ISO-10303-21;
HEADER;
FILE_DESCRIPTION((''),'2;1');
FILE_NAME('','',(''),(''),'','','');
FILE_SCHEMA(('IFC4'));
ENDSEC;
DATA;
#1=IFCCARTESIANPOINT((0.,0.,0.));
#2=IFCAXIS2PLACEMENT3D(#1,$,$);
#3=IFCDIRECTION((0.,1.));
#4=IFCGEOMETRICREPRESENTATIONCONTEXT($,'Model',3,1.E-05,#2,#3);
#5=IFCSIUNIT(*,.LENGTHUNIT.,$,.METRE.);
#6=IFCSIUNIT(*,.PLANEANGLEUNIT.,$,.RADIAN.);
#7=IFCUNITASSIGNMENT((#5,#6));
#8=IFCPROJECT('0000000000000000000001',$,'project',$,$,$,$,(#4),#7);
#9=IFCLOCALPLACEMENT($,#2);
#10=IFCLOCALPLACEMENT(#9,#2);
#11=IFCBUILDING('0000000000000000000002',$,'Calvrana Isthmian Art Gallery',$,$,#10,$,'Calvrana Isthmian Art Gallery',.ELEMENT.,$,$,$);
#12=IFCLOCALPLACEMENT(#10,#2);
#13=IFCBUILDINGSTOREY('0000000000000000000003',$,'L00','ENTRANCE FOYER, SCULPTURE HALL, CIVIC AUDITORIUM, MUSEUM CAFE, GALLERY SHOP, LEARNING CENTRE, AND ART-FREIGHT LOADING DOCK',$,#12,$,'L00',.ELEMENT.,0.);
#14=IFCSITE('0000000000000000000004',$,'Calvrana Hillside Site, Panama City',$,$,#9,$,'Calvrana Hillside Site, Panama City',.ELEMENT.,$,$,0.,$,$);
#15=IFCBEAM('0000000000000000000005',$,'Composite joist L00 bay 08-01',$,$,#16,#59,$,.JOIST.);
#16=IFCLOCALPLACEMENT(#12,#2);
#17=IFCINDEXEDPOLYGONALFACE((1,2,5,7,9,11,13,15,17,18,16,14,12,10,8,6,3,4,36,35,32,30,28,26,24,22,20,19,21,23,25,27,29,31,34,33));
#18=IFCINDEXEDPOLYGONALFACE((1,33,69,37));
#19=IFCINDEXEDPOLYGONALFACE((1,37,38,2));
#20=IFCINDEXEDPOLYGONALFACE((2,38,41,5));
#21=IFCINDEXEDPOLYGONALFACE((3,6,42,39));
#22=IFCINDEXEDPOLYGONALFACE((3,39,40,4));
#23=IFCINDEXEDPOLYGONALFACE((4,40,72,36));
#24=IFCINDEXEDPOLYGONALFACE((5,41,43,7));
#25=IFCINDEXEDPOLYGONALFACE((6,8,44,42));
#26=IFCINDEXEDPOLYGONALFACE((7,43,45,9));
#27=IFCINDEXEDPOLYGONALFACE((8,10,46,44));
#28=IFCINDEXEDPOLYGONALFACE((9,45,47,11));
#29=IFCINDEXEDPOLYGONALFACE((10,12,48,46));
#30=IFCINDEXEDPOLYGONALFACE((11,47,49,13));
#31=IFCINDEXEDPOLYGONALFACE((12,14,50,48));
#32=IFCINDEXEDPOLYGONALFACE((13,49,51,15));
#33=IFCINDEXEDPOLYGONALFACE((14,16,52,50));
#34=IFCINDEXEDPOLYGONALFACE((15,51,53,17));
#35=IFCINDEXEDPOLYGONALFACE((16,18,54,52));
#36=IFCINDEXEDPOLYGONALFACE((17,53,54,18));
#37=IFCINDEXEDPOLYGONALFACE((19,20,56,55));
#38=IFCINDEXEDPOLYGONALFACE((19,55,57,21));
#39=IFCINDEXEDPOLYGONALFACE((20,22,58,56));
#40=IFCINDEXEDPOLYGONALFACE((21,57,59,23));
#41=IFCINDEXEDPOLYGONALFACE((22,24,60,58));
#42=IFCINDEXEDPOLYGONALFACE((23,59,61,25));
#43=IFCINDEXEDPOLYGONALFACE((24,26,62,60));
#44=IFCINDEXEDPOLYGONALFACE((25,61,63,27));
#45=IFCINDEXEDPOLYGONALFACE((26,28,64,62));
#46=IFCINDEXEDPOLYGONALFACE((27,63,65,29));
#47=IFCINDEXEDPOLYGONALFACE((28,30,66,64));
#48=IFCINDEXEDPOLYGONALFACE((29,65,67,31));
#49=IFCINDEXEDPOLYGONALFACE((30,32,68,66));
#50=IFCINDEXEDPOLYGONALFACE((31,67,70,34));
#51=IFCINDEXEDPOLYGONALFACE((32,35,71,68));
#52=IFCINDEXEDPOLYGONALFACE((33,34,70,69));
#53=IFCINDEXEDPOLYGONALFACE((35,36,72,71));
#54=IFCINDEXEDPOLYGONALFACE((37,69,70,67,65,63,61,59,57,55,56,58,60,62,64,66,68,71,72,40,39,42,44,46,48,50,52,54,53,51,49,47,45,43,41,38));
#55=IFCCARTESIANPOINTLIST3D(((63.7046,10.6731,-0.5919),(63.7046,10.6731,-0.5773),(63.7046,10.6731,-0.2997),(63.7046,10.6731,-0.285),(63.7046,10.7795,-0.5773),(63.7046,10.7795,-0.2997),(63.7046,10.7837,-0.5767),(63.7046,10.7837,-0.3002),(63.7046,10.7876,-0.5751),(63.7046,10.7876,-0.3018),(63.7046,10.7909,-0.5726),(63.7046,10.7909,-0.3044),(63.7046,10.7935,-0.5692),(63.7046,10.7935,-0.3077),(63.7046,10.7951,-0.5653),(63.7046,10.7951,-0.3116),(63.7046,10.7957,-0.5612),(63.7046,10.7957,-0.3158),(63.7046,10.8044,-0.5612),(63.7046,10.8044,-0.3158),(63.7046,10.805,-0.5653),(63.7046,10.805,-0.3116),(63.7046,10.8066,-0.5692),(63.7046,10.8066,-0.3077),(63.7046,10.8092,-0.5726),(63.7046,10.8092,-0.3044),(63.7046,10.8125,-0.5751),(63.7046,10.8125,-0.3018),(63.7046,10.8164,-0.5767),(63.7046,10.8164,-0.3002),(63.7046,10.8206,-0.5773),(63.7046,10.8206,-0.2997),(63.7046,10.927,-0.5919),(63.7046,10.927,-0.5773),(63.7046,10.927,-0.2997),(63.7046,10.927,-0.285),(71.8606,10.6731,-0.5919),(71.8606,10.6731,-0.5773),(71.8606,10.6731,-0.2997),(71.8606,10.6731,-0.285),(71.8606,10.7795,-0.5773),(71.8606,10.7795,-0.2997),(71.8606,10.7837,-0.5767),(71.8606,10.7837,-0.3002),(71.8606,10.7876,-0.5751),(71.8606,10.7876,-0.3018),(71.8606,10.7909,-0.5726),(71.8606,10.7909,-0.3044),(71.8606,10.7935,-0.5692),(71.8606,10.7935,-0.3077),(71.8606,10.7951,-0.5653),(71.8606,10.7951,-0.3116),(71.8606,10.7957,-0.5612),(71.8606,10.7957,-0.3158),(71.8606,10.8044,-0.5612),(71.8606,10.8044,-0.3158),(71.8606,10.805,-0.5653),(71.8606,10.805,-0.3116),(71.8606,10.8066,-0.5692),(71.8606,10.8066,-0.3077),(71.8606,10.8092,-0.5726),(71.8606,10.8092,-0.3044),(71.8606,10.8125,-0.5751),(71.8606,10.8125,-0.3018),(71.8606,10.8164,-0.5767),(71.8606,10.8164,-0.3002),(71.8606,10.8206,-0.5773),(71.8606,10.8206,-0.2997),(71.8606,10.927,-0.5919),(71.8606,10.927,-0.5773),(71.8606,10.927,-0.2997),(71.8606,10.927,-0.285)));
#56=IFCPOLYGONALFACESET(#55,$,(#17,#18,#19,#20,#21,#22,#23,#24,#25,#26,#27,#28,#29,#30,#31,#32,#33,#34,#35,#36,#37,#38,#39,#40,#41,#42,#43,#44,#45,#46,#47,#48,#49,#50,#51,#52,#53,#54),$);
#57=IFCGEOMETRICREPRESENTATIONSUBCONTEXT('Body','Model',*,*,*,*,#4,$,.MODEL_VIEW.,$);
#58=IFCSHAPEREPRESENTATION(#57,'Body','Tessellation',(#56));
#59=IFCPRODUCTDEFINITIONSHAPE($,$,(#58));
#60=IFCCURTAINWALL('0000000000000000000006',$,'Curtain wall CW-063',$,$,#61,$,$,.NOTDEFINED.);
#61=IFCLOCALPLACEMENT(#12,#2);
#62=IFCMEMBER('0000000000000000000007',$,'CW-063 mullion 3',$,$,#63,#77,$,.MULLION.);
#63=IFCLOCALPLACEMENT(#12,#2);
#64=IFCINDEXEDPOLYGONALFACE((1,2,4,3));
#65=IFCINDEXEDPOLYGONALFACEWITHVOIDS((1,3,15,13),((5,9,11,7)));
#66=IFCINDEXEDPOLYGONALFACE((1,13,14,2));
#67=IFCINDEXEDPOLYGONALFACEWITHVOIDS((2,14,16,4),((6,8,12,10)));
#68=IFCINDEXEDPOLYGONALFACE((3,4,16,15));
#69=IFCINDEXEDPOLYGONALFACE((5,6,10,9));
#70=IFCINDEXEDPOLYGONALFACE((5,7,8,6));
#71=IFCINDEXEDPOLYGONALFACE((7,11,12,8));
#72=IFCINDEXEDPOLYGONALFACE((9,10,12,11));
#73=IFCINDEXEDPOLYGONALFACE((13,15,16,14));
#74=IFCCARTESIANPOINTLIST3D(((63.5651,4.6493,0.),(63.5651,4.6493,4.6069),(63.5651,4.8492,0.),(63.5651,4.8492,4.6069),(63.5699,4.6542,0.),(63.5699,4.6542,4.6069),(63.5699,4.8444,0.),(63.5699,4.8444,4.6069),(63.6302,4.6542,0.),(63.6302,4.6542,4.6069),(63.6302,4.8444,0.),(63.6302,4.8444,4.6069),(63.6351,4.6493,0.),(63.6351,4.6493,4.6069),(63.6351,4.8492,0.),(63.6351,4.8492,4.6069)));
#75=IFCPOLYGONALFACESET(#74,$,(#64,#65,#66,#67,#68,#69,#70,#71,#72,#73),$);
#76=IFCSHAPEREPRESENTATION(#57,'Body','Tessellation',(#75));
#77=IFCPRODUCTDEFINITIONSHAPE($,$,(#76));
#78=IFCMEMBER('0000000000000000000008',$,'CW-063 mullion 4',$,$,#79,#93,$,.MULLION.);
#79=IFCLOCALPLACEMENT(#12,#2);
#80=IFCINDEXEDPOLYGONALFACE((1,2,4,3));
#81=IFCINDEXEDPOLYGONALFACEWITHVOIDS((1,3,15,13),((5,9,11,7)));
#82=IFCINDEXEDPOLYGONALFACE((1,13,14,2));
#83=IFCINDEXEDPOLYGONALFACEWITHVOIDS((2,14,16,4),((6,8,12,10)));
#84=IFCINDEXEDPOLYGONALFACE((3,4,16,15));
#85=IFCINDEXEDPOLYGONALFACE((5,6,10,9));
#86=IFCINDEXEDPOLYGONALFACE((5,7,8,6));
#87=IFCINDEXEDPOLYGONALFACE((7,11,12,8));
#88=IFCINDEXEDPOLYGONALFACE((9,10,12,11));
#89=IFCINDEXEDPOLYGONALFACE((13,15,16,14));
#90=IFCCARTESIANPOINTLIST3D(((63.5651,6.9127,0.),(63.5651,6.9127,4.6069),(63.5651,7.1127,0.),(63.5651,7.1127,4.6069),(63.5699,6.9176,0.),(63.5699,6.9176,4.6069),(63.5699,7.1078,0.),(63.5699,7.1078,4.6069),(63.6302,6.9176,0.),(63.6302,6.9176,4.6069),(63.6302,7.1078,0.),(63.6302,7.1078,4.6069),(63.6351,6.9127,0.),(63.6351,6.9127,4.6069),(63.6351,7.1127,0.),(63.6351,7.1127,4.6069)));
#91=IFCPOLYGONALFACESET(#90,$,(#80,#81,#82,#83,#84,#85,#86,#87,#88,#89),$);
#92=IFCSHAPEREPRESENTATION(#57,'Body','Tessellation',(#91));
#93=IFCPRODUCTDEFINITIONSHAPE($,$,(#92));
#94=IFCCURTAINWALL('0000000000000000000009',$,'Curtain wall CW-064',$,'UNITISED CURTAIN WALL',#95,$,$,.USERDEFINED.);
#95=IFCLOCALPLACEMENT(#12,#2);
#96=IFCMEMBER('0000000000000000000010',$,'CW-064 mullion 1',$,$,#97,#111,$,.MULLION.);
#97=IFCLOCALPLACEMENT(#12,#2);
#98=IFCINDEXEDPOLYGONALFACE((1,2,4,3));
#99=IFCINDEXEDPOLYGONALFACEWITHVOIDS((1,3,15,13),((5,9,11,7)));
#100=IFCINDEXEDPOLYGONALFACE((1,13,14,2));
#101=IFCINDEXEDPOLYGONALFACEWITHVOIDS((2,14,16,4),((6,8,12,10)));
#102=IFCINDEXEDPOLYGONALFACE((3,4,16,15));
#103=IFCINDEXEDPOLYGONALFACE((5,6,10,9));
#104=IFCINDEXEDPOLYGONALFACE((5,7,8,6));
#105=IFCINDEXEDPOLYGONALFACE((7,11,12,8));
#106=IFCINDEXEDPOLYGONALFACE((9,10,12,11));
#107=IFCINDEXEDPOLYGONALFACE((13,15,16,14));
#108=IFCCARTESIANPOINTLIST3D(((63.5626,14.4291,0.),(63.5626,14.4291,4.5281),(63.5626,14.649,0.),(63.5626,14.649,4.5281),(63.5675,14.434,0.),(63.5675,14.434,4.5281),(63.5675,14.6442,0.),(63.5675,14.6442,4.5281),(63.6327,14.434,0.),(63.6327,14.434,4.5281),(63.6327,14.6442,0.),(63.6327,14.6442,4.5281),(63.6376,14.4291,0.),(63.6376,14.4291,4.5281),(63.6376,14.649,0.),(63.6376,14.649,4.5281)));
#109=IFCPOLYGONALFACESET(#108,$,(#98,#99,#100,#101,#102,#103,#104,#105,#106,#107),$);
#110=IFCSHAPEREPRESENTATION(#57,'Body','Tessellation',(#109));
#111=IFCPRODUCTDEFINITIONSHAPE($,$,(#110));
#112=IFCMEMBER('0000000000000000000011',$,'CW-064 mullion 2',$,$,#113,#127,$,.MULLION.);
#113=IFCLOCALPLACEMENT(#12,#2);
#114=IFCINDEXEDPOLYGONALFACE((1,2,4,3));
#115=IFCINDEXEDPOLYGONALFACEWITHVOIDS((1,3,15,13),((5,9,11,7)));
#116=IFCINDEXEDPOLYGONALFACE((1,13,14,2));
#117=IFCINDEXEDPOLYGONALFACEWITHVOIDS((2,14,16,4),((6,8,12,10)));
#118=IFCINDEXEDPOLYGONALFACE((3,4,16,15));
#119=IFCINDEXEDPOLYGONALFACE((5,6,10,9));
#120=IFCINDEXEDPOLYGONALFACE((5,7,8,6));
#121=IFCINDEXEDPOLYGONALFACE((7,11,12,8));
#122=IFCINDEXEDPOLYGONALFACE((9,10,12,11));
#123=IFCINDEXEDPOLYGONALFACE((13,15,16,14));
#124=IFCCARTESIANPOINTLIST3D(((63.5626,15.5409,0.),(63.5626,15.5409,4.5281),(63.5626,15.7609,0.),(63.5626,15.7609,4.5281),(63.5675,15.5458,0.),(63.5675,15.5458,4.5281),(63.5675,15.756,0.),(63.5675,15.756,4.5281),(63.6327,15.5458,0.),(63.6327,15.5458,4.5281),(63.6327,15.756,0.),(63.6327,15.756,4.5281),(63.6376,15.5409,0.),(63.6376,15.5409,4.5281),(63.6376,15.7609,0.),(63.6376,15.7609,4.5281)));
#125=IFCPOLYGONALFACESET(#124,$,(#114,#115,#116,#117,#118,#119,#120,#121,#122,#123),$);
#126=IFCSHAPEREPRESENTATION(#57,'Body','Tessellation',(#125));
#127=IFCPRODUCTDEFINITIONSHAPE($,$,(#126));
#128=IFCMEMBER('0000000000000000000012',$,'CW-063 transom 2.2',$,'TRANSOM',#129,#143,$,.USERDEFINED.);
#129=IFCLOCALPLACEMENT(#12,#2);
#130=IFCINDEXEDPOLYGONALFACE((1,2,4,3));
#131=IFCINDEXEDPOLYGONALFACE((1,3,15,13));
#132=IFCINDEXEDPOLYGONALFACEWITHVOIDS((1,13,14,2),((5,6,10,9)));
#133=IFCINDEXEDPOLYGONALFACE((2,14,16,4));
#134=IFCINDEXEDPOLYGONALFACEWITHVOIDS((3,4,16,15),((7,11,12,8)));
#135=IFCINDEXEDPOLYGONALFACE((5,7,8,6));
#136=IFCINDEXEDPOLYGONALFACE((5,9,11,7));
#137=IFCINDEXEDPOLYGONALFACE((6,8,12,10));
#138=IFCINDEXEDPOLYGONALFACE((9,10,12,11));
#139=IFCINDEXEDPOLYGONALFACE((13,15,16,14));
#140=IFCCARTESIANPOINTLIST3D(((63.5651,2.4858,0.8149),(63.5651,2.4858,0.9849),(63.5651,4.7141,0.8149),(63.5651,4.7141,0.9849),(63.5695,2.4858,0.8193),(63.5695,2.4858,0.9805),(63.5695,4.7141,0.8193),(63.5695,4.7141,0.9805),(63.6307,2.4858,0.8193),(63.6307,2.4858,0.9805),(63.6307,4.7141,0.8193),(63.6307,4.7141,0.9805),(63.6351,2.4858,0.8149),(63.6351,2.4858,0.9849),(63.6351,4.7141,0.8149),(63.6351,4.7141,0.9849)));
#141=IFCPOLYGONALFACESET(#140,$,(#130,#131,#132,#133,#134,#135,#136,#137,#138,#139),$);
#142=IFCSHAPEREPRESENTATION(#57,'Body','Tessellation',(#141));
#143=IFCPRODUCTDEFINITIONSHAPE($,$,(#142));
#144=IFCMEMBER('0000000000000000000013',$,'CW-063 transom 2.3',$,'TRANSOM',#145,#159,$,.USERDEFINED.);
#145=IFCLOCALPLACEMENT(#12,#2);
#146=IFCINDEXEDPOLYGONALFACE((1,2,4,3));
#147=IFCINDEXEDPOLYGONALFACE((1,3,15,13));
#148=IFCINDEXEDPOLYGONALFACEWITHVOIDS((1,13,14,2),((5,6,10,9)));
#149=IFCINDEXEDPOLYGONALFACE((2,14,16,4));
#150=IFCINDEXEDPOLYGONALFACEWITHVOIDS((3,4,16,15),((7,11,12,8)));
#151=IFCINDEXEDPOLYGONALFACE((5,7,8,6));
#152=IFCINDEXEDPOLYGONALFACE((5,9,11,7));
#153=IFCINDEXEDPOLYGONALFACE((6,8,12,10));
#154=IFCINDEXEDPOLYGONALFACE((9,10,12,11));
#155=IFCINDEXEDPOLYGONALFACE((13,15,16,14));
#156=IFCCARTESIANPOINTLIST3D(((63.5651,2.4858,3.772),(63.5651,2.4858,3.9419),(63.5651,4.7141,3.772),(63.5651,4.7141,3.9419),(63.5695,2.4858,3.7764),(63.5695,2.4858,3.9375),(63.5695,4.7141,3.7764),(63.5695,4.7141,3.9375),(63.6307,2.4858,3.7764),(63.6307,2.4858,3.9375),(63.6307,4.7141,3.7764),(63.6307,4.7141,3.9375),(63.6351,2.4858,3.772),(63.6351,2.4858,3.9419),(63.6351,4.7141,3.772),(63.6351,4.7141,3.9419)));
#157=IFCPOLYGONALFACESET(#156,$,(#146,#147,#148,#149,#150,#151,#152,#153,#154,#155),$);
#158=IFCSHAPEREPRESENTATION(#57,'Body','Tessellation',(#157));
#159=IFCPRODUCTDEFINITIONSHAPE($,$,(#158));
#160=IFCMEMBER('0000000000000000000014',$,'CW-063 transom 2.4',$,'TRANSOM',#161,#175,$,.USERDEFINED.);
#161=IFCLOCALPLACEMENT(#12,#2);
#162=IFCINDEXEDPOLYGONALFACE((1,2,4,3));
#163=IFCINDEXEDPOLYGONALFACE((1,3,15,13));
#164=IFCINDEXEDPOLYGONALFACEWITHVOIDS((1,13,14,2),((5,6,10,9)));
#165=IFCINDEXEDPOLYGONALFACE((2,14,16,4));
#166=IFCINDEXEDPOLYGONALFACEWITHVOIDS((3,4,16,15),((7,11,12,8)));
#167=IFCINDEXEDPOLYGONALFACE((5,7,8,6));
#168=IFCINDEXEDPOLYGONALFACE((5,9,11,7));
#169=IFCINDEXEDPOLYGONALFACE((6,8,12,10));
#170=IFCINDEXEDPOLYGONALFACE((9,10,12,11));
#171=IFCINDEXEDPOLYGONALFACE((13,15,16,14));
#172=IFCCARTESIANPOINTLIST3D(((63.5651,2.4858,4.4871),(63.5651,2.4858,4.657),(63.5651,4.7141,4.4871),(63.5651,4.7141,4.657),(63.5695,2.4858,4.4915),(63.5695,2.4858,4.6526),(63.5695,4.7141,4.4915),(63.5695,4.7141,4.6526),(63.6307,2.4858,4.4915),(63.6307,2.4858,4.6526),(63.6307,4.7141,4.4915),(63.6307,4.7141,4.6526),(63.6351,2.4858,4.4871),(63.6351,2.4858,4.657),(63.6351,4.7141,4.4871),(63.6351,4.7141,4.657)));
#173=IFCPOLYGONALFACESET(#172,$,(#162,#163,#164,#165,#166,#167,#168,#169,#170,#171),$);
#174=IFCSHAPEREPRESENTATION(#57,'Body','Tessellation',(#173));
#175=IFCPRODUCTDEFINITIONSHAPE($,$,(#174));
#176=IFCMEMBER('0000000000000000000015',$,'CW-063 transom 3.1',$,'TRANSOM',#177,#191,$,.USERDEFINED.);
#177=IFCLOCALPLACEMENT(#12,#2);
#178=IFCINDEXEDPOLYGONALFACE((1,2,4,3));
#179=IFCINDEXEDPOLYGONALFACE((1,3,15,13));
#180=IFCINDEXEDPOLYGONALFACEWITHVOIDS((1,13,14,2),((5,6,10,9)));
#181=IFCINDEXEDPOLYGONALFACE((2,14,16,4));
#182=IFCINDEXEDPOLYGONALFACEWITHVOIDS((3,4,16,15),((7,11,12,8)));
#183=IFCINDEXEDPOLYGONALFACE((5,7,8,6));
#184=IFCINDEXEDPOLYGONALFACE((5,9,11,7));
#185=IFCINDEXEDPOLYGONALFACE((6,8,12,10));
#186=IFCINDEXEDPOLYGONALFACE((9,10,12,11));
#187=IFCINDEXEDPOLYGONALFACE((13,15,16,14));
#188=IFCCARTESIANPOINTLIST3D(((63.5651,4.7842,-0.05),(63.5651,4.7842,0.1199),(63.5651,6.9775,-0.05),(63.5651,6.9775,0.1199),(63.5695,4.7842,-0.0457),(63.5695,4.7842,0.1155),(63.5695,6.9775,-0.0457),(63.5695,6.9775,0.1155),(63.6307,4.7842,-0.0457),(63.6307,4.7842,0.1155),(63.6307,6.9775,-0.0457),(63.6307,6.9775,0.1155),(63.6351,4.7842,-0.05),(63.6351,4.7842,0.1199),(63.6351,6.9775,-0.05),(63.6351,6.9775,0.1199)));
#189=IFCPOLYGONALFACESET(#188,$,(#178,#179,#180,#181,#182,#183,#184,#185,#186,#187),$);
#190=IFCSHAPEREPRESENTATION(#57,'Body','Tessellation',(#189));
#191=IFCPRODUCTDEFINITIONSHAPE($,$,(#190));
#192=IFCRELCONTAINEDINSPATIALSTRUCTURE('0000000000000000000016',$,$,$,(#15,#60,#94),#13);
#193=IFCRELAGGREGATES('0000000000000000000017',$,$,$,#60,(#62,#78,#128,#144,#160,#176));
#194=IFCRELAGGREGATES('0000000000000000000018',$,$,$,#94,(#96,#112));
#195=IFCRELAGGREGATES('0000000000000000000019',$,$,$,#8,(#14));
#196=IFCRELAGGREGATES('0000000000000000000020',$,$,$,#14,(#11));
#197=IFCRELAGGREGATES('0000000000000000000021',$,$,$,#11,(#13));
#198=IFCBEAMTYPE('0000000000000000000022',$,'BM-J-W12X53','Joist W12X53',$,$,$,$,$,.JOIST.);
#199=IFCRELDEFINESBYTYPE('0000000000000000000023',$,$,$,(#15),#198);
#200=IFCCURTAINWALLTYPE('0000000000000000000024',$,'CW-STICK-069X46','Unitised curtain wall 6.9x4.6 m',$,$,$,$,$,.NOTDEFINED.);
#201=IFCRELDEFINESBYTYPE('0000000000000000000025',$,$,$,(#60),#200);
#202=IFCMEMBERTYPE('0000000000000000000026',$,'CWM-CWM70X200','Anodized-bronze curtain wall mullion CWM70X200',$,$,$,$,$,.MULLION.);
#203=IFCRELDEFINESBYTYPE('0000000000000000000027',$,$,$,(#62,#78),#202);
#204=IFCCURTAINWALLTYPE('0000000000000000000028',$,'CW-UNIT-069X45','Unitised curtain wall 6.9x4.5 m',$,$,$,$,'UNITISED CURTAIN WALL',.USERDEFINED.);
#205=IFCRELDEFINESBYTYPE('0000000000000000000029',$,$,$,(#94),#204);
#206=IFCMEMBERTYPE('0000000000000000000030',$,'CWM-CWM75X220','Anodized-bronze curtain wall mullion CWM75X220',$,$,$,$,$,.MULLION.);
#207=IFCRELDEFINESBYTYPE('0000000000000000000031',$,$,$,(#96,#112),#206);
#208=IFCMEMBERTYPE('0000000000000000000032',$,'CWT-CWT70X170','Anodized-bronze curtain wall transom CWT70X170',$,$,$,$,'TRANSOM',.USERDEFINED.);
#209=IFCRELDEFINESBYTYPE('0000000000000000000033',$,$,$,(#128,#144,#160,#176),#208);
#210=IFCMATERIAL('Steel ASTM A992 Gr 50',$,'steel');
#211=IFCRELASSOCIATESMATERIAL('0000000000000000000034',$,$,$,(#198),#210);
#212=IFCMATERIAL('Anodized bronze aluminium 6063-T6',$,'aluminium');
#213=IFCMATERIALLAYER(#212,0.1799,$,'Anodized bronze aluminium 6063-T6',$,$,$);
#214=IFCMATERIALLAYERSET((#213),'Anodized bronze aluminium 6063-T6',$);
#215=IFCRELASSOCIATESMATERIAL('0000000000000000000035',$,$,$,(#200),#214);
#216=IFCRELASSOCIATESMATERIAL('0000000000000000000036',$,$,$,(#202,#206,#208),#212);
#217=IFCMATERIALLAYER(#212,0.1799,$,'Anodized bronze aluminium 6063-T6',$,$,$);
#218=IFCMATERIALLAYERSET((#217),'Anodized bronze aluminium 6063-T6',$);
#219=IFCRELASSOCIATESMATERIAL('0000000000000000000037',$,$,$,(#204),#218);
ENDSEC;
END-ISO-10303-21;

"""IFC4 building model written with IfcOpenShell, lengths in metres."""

from ifc_helpers import new_model, si_unit, direction, frame, origin, origin_2d, place, context, subcontext, project, spatial, hollow_rectangle, i_section, extrude, material, layer, layer_set, material_profile, profile_set, type_object, element, aggregate, save


model = new_model("IFC4")

# Units and contexts
model_context = context("Model", 3, precision=1e-05, world=origin(), true_north=direction((0.0, 1.0)))
body_context = subcontext(model_context, "Body", "Model", "MODEL_VIEW")
ifc_project = project(units=[si_unit("LENGTHUNIT", "METRE"), si_unit("PLANEANGLEUNIT", "RADIAN")], contexts=[model_context])

# Site, building, storey
site_placement = place(None, origin())
site = spatial("IfcSite", under=ifc_project, at=site_placement, Name="Calvrana Hillside Site, Panama City", LongName="Calvrana Hillside Site, Panama City", CompositionType="ELEMENT", RefElevation=0.0)
building_placement = place(site_placement, origin())
building = spatial("IfcBuilding", under=site, at=building_placement, Name="Calvrana Isthmian Art Gallery", LongName="Calvrana Isthmian Art Gallery", CompositionType="ELEMENT")
storey_placement = place(building_placement, origin())
storey = spatial("IfcBuildingStorey", under=building, at=storey_placement, Name="L00", Description="ENTRANCE FOYER, SCULPTURE HALL, CIVIC AUDITORIUM, MUSEUM CAFE, GALLERY SHOP, LEARNING CENTRE, AND ART-FREIGHT LOADING DOCK", LongName="L00", CompositionType="ELEMENT", Elevation=0.0)

# Beam
ifc_material_1 = material(Name="Steel ASTM A992 Gr 50", Category="steel")
ifc_material_profile_1 = material_profile(ifc_material_1, i_section(OverallWidth=0.2539, OverallDepth=0.3069, WebThickness=0.0088, FlangeThickness=0.0146, FilletRadius=0.0161, at=origin_2d()), Name="W12X53")
ifc_profile_set_1 = profile_set([ifc_material_profile_1], Name="Steel ASTM A992 Gr 50")
beam_type_1 = type_object("IfcBeamType", Name="BM-J-W12X53", Description="Joist W12X53", PredefinedType="JOIST", material=ifc_profile_set_1)
beam_1_placement = place(storey_placement, frame((63.7046, 10.8, -0.4385), z_axis=(1.0, 0.0, 0.0), x_axis=(0.0, 1.0, 0.0)))
element("IfcBeam", 1, at=beam_1_placement, inside=storey, type_object=beam_type_1, Name="Composite joist L00 bay 08-01", PredefinedType="JOIST", context=body_context, shape_type="SweptSolid", body=[
    extrude(i_section(OverallWidth=0.2539, OverallDepth=0.3069, WebThickness=0.0088, FlangeThickness=0.0146, FilletRadius=0.0161, at=origin_2d()), origin(), (0.0, 0.0, 1.0), 8.156),
])

# Curtain walls, members
ifc_material_2 = material(Name="Anodized bronze aluminium 6063-T6", Category="aluminium")
ifc_layer_1 = layer(ifc_material_2, 0.1799, Name="Anodized bronze aluminium 6063-T6")
ifc_layer_set_1 = layer_set([ifc_layer_1], Name="Anodized bronze aluminium 6063-T6")
curtain_wall_type_1 = type_object("IfcCurtainWallType", Name="CW-STICK-069X46", Description="Unitised curtain wall 6.9x4.6 m", PredefinedType="NOTDEFINED", material=ifc_layer_set_1)
curtain_wall_1_placement = place(storey_placement, origin())
curtain_wall_1 = element("IfcCurtainWall", 2, at=curtain_wall_1_placement, inside=storey, type_object=curtain_wall_type_1, Name="Curtain wall CW-063", PredefinedType="NOTDEFINED")
ifc_material_profile_2 = material_profile(ifc_material_2, hollow_rectangle(XDim=0.0701, YDim=0.2, WallThickness=0.0049, at=origin_2d()), Name="CWM70X200")
ifc_profile_set_2 = profile_set([ifc_material_profile_2], Name="Anodized bronze aluminium 6063-T6")
member_type_1 = type_object("IfcMemberType", Name="CWM-CWM70X200", Description="Anodized-bronze curtain wall mullion CWM70X200", PredefinedType="MULLION", material=ifc_profile_set_2)
member_1_placement = place(storey_placement, frame((63.6001, 4.7493, 0.0), z_axis=(0.0, 0.0, 1.0), x_axis=(-1.0, 0.0, 0.0)))
member_1 = element("IfcMember", 3, at=member_1_placement, type_object=member_type_1, Name="CW-063 mullion 3", PredefinedType="MULLION", context=body_context, shape_type="SweptSolid", body=[
    extrude(hollow_rectangle(XDim=0.0701, YDim=0.2, WallThickness=0.0049, at=origin_2d()), origin(), (0.0, 0.0, 1.0), 4.6069),
])
member_2_placement = place(storey_placement, frame((63.6001, 7.0127, 0.0), z_axis=(0.0, 0.0, 1.0), x_axis=(-1.0, 0.0, 0.0)))
member_2 = element("IfcMember", 4, at=member_2_placement, type_object=member_type_1, Name="CW-063 mullion 4", PredefinedType="MULLION", context=body_context, shape_type="SweptSolid", body=[
    extrude(hollow_rectangle(XDim=0.0701, YDim=0.2, WallThickness=0.0049, at=origin_2d()), origin(), (0.0, 0.0, 1.0), 4.6069),
])
ifc_layer_2 = layer(ifc_material_2, 0.1799, Name="Anodized bronze aluminium 6063-T6")
ifc_layer_set_2 = layer_set([ifc_layer_2], Name="Anodized bronze aluminium 6063-T6")
curtain_wall_type_2 = type_object("IfcCurtainWallType", Name="CW-UNIT-069X45", Description="Unitised curtain wall 6.9x4.5 m", ElementType="UNITISED CURTAIN WALL", PredefinedType="USERDEFINED", material=ifc_layer_set_2)
curtain_wall_2_placement = place(storey_placement, origin())
curtain_wall_2 = element("IfcCurtainWall", 5, at=curtain_wall_2_placement, inside=storey, type_object=curtain_wall_type_2, Name="Curtain wall CW-064", ObjectType="UNITISED CURTAIN WALL", PredefinedType="USERDEFINED")
ifc_material_profile_3 = material_profile(ifc_material_2, hollow_rectangle(XDim=0.075, YDim=0.22, WallThickness=0.0049, at=origin_2d()), Name="CWM75X220")
ifc_profile_set_3 = profile_set([ifc_material_profile_3], Name="Anodized bronze aluminium 6063-T6")
member_type_2 = type_object("IfcMemberType", Name="CWM-CWM75X220", Description="Anodized-bronze curtain wall mullion CWM75X220", PredefinedType="MULLION", material=ifc_profile_set_3)
member_3_placement = place(storey_placement, frame((63.6001, 14.5391, 0.0), z_axis=(0.0, 0.0, 1.0), x_axis=(-1.0, 0.0, 0.0)))
member_3 = element("IfcMember", 6, at=member_3_placement, type_object=member_type_2, Name="CW-064 mullion 1", PredefinedType="MULLION", context=body_context, shape_type="SweptSolid", body=[
    extrude(hollow_rectangle(XDim=0.075, YDim=0.22, WallThickness=0.0049, at=origin_2d()), origin(), (0.0, 0.0, 1.0), 4.5281),
])
member_4_placement = place(storey_placement, frame((63.6001, 15.6509, 0.0), z_axis=(0.0, 0.0, 1.0), x_axis=(-1.0, 0.0, 0.0)))
member_4 = element("IfcMember", 7, at=member_4_placement, type_object=member_type_2, Name="CW-064 mullion 2", PredefinedType="MULLION", context=body_context, shape_type="SweptSolid", body=[
    extrude(hollow_rectangle(XDim=0.075, YDim=0.22, WallThickness=0.0049, at=origin_2d()), origin(), (0.0, 0.0, 1.0), 4.5281),
])

# Members
ifc_material_profile_4 = material_profile(ifc_material_2, hollow_rectangle(XDim=0.0701, YDim=0.1699, WallThickness=0.0044, at=origin_2d()), Name="CWT70X170")
ifc_profile_set_4 = profile_set([ifc_material_profile_4], Name="Anodized bronze aluminium 6063-T6")
member_type_3 = type_object("IfcMemberType", Name="CWT-CWT70X170", Description="Anodized-bronze curtain wall transom CWT70X170", ElementType="TRANSOM", PredefinedType="USERDEFINED", material=ifc_profile_set_4)
member_5_placement = place(storey_placement, frame((63.6001, 2.4858, 0.8999), z_axis=(0.0, 1.0, 0.0), x_axis=(-1.0, 0.0, 0.0)))
member_5 = element("IfcMember", 8, at=member_5_placement, type_object=member_type_3, Name="CW-063 transom 2.2", ObjectType="TRANSOM", PredefinedType="USERDEFINED", context=body_context, shape_type="SweptSolid", body=[
    extrude(hollow_rectangle(XDim=0.0701, YDim=0.1699, WallThickness=0.0044, at=origin_2d()), origin(), (0.0, 0.0, 1.0), 2.2283),
])
member_6_placement = place(storey_placement, frame((63.6001, 2.4858, 3.8569), z_axis=(0.0, 1.0, 0.0), x_axis=(-1.0, 0.0, 0.0)))
member_6 = element("IfcMember", 9, at=member_6_placement, type_object=member_type_3, Name="CW-063 transom 2.3", ObjectType="TRANSOM", PredefinedType="USERDEFINED", context=body_context, shape_type="SweptSolid", body=[
    extrude(hollow_rectangle(XDim=0.0701, YDim=0.1699, WallThickness=0.0044, at=origin_2d()), origin(), (0.0, 0.0, 1.0), 2.2283),
])
member_7_placement = place(storey_placement, frame((63.6001, 2.4858, 4.572), z_axis=(0.0, 1.0, 0.0), x_axis=(-1.0, 0.0, 0.0)))
member_7 = element("IfcMember", 10, at=member_7_placement, type_object=member_type_3, Name="CW-063 transom 2.4", ObjectType="TRANSOM", PredefinedType="USERDEFINED", context=body_context, shape_type="SweptSolid", body=[
    extrude(hollow_rectangle(XDim=0.0701, YDim=0.1699, WallThickness=0.0044, at=origin_2d()), origin(), (0.0, 0.0, 1.0), 2.2283),
])
member_8_placement = place(storey_placement, frame((63.6001, 4.7842, 0.0349), z_axis=(0.0, 1.0, 0.0), x_axis=(-1.0, 0.0, 0.0)))
member_8 = element("IfcMember", 11, at=member_8_placement, type_object=member_type_3, Name="CW-063 transom 3.1", ObjectType="TRANSOM", PredefinedType="USERDEFINED", context=body_context, shape_type="SweptSolid", body=[
    extrude(hollow_rectangle(XDim=0.0701, YDim=0.1699, WallThickness=0.0044, at=origin_2d()), origin(), (0.0, 0.0, 1.0), 2.1934),
])

aggregate(curtain_wall_1, [member_1, member_2, member_5, member_6, member_7, member_8])
aggregate(curtain_wall_2, [member_3, member_4])

save(model, "model.ifc")
